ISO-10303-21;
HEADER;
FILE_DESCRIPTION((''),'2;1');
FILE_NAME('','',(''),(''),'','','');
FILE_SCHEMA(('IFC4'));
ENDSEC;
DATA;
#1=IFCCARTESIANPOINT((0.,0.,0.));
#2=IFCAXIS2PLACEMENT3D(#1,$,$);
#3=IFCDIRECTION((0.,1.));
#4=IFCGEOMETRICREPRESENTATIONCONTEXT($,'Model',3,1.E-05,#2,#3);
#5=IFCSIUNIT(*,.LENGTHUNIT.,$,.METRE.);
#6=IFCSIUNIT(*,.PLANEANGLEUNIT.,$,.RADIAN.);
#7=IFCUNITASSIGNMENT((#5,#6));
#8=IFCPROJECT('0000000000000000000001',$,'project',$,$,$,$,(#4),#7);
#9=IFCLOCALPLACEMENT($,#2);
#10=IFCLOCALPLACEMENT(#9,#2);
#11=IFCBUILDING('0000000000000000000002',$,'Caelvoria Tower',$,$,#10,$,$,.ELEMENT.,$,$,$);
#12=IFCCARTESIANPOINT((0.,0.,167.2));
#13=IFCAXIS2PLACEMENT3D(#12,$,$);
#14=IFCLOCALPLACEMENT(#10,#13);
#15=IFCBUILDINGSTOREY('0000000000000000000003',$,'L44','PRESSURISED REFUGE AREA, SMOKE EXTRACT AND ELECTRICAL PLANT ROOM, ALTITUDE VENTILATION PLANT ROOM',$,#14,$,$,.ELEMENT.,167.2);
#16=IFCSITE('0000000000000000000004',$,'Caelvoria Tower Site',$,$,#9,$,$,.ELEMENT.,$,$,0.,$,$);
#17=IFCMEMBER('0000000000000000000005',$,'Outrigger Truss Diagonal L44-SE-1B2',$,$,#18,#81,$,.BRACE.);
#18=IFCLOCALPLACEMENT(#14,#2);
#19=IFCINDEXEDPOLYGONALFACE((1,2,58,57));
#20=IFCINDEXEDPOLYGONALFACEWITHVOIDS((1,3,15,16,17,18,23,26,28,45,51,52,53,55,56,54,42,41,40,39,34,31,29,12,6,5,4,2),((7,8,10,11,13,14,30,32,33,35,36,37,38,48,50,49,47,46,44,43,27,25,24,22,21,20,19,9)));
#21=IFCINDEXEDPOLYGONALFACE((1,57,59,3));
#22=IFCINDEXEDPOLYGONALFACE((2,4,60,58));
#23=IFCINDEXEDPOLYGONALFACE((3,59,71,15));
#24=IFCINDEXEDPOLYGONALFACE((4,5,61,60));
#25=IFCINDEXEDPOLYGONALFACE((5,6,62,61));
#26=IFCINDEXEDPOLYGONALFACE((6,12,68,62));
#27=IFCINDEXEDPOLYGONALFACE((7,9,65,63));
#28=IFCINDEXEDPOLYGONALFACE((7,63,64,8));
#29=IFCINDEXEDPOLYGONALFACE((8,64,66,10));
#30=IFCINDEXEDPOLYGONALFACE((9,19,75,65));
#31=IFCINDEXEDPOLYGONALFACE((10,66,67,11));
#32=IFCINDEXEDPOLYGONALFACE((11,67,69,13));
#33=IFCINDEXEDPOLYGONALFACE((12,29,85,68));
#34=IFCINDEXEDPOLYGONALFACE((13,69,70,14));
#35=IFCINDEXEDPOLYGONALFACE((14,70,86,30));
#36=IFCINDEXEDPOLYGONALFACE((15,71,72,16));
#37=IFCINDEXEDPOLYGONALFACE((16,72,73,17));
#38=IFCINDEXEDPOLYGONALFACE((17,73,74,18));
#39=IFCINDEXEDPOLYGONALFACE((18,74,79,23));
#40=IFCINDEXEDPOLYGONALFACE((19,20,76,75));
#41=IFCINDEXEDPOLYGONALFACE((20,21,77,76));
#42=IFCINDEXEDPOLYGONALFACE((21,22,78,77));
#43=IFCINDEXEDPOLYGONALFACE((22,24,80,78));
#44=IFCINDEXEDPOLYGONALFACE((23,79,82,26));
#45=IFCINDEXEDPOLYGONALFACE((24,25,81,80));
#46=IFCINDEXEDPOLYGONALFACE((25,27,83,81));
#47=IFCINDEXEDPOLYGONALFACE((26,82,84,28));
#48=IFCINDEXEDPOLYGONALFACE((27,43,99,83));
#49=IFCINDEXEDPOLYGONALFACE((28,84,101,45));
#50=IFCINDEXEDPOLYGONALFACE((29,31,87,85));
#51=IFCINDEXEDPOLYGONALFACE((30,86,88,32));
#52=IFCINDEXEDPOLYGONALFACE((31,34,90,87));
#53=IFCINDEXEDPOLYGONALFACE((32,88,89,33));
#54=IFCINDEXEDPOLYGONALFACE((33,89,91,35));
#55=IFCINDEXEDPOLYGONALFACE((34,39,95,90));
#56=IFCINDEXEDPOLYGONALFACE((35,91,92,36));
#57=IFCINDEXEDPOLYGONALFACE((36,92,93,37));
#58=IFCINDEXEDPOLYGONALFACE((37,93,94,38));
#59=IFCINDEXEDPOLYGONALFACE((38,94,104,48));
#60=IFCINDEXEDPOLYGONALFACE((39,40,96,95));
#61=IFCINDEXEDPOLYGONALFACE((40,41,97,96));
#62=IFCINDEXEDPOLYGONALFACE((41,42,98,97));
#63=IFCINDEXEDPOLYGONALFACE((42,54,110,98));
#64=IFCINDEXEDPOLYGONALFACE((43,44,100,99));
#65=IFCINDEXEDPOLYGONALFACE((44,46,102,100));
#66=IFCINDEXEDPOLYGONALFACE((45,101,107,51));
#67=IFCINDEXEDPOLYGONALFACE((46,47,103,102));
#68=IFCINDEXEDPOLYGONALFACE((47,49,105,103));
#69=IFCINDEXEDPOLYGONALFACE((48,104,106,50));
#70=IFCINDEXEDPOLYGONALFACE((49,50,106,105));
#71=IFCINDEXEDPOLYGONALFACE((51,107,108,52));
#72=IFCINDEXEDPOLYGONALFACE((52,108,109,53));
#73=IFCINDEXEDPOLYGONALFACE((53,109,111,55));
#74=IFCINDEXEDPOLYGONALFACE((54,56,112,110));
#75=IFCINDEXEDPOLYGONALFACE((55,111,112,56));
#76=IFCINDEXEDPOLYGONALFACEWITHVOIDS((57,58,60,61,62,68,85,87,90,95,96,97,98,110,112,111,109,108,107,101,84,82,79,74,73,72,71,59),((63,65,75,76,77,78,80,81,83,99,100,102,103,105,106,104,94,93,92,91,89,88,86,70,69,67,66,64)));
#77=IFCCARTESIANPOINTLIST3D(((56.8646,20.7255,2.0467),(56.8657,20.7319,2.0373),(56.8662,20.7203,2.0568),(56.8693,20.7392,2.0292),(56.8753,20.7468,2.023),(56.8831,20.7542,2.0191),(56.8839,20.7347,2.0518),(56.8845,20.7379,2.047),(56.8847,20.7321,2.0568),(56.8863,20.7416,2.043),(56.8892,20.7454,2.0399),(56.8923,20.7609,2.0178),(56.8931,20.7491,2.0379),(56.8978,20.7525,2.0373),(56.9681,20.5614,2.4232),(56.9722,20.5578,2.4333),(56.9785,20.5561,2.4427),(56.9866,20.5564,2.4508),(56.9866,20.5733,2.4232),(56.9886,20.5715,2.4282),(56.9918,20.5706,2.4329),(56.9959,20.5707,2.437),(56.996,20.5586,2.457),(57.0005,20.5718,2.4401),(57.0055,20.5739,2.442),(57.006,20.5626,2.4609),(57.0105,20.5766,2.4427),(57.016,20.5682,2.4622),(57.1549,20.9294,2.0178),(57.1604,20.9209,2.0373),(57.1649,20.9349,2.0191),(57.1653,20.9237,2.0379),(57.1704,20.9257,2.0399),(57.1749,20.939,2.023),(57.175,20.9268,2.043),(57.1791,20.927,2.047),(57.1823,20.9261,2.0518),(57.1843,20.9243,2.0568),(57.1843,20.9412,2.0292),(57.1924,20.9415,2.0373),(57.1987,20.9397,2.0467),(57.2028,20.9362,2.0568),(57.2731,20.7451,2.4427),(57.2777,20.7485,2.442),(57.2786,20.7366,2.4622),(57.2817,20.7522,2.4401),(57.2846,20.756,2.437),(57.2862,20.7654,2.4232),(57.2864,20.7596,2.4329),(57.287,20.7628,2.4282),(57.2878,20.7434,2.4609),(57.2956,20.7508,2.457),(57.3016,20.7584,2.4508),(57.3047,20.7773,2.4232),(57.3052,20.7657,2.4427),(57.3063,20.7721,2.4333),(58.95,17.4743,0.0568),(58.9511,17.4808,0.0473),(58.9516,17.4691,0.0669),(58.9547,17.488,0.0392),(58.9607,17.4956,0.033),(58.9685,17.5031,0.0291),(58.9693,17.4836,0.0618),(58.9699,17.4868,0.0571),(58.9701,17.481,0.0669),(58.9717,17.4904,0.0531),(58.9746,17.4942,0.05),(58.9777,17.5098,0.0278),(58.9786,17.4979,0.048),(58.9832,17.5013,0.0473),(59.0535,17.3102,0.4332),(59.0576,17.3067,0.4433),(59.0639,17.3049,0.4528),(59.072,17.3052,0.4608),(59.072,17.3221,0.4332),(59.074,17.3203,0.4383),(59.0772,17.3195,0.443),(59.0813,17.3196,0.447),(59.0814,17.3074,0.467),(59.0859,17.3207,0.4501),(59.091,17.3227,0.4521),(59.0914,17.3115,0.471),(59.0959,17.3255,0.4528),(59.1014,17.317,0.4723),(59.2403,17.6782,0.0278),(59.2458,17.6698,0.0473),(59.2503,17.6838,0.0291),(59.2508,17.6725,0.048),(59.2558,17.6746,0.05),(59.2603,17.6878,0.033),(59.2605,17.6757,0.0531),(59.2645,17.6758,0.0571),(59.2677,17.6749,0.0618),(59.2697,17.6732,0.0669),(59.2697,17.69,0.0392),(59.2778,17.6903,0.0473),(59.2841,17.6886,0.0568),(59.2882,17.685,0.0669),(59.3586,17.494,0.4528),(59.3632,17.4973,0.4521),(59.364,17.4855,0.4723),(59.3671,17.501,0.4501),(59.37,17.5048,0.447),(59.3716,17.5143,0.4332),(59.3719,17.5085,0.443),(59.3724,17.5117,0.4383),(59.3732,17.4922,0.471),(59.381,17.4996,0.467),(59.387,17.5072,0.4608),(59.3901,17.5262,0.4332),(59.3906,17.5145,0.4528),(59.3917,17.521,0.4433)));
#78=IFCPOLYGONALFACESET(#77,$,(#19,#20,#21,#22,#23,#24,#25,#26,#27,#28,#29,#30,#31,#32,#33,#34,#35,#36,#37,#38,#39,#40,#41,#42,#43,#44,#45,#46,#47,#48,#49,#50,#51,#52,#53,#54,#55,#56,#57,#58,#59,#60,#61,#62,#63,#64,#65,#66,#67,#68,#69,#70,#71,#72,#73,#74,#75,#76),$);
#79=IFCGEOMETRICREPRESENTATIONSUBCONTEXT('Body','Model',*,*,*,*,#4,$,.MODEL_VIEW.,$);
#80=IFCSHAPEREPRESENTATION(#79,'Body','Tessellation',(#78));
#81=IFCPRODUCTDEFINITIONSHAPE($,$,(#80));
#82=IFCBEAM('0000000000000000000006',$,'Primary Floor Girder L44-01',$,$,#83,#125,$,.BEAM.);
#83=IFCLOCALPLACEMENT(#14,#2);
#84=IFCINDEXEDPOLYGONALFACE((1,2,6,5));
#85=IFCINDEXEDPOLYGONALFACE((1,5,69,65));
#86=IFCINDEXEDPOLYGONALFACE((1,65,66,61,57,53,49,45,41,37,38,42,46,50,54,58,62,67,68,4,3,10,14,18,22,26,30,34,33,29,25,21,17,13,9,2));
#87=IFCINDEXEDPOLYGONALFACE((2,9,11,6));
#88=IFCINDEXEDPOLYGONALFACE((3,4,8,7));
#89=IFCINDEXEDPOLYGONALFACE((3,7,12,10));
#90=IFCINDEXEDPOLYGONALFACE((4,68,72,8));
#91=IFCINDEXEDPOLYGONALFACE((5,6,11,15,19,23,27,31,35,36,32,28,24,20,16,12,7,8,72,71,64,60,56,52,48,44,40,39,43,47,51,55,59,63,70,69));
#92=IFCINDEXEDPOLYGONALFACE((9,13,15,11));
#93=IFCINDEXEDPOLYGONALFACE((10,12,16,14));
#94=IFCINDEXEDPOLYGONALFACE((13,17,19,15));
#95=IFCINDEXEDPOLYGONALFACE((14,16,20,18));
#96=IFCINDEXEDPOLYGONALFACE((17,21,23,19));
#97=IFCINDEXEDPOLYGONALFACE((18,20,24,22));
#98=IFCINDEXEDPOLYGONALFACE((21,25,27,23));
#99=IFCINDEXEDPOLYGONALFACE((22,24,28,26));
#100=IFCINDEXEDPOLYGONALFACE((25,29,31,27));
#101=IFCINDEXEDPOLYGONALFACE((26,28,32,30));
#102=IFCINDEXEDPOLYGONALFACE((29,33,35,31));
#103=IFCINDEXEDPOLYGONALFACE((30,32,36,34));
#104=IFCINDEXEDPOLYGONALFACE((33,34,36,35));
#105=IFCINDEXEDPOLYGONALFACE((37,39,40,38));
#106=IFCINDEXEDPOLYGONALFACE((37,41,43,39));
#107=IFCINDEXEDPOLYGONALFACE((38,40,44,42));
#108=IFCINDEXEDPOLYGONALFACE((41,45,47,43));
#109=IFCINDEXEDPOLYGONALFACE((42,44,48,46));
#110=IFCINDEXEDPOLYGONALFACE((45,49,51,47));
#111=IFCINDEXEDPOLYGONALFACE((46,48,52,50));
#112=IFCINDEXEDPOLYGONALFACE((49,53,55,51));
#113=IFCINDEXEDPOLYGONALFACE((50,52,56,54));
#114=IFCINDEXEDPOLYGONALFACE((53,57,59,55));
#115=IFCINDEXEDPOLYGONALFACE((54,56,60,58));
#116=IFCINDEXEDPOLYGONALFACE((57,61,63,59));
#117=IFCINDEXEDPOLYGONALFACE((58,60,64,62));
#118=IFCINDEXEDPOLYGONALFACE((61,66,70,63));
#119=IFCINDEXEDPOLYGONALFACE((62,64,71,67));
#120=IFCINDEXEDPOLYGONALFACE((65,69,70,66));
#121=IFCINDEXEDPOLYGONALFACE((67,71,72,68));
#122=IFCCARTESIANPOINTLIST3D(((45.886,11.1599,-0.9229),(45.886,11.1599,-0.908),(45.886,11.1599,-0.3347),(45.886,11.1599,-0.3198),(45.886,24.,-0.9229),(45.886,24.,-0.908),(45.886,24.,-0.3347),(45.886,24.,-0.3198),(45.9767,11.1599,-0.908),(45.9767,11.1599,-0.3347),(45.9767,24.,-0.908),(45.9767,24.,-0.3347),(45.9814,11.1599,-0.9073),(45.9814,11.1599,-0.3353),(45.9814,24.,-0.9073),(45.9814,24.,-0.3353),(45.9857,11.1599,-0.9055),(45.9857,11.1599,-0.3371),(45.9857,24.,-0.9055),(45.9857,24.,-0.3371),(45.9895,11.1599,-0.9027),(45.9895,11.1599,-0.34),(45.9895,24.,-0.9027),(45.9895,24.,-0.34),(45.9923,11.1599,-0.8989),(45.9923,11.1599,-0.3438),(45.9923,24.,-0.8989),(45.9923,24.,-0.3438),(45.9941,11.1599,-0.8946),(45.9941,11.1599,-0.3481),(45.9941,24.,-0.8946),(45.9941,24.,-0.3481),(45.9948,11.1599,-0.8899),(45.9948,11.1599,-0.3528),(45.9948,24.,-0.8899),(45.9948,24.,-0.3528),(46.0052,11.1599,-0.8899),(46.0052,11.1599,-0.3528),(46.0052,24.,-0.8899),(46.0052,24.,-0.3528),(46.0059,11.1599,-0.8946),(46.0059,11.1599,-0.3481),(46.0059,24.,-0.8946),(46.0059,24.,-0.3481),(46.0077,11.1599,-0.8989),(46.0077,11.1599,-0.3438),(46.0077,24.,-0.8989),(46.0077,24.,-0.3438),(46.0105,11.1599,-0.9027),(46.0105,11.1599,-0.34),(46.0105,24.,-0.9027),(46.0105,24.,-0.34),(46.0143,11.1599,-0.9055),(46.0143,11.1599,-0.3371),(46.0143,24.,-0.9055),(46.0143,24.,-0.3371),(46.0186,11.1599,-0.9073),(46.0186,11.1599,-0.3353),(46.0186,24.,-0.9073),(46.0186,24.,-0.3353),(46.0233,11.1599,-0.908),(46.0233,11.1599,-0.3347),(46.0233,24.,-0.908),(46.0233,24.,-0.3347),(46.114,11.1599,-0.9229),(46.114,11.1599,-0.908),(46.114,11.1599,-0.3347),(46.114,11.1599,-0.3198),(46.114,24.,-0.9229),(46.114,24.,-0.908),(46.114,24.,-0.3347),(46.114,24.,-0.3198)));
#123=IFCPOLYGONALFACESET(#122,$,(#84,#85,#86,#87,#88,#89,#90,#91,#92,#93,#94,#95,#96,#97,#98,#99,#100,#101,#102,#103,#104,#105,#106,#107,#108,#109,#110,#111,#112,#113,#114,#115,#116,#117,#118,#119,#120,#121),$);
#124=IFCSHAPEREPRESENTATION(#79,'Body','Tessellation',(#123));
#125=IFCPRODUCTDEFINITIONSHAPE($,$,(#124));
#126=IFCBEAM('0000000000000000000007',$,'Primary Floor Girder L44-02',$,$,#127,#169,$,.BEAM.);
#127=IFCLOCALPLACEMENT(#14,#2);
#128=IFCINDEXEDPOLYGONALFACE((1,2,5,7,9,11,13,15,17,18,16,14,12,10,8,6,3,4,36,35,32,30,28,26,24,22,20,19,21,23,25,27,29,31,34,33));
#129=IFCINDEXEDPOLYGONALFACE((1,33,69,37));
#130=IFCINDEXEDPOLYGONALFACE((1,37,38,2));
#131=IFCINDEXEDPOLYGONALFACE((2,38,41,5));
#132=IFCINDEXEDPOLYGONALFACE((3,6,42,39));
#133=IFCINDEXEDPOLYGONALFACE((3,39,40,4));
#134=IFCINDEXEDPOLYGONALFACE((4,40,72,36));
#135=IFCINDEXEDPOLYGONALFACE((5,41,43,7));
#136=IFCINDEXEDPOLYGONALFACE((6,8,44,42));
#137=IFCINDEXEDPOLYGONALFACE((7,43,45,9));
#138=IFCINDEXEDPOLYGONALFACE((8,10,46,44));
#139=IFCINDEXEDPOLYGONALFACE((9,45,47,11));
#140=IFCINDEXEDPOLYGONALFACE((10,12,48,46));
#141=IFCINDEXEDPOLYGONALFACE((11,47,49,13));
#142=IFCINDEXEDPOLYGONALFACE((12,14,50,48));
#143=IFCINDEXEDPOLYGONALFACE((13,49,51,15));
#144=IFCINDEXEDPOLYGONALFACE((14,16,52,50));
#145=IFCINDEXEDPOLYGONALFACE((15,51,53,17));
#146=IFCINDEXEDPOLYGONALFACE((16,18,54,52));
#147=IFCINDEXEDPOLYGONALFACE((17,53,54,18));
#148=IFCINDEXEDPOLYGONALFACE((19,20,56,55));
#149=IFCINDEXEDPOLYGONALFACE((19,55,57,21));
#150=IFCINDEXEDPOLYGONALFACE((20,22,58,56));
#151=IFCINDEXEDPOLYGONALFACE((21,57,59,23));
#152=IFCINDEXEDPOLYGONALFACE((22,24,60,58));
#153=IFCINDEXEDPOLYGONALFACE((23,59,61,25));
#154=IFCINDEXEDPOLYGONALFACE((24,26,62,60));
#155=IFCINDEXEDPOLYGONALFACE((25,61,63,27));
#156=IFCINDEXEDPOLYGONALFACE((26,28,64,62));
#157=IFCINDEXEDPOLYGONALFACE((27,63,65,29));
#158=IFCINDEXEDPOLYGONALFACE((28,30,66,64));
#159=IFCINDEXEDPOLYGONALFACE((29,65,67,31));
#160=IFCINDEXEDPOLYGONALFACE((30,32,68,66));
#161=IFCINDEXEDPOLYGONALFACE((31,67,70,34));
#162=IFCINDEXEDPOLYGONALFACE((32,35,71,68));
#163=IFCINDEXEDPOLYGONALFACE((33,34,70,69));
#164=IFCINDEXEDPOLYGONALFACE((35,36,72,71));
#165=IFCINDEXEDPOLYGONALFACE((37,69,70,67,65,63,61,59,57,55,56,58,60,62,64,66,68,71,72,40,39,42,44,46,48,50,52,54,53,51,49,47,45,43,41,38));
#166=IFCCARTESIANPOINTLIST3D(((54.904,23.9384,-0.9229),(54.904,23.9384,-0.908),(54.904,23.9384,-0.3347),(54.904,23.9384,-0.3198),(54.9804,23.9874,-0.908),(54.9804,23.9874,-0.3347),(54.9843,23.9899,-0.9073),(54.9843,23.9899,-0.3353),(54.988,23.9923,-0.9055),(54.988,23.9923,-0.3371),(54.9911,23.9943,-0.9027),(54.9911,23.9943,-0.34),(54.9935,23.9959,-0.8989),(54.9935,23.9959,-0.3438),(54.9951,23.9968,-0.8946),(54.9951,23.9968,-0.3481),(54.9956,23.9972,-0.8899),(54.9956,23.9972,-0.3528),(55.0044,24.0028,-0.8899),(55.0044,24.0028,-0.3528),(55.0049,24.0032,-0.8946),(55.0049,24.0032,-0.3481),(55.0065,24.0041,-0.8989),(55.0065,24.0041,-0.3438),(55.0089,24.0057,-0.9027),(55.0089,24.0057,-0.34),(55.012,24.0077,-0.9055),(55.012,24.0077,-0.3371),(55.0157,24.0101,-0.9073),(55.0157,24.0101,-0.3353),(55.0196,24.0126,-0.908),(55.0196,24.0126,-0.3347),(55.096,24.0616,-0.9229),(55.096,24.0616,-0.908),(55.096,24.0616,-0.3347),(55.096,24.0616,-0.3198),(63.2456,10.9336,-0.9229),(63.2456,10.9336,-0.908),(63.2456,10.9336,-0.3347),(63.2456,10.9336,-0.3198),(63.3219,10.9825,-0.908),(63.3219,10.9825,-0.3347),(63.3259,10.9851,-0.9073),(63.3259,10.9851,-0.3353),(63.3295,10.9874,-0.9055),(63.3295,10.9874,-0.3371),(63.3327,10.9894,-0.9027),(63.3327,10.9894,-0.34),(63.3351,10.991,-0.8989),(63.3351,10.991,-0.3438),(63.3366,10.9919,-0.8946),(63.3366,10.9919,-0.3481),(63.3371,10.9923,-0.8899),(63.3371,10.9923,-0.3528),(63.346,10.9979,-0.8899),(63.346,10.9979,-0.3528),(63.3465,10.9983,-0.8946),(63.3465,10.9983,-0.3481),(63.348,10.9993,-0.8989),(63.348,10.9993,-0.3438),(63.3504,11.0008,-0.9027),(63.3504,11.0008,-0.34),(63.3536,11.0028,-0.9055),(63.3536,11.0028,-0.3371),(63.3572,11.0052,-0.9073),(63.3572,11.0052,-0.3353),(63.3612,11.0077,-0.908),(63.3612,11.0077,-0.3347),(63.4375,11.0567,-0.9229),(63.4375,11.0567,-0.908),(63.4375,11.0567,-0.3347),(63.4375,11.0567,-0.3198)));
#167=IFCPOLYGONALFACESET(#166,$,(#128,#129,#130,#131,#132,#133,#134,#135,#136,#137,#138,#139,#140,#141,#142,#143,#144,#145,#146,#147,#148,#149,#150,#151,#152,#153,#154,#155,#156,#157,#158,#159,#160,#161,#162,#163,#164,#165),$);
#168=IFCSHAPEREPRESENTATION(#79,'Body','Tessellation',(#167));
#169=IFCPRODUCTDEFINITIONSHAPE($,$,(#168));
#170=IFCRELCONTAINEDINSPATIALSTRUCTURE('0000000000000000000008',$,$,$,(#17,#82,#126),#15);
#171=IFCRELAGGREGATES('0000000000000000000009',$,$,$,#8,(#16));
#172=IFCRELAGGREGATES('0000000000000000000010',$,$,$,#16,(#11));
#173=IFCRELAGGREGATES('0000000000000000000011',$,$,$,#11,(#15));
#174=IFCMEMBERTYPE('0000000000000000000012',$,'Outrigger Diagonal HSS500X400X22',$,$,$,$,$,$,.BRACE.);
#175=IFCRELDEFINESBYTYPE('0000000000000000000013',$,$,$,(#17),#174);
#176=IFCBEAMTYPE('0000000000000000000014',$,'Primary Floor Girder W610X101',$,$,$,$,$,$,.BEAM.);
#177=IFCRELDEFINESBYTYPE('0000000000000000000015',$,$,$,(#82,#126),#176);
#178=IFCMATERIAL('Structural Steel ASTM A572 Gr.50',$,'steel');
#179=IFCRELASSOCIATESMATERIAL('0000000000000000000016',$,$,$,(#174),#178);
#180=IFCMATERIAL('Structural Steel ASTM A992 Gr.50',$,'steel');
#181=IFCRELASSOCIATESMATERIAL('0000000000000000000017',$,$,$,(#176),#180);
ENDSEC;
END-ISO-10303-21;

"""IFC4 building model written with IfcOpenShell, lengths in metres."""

from ifc_helpers import new_model, si_unit, direction, frame, origin, origin_2d, place, context, subcontext, project, spatial, hollow_rectangle, i_section, extrude, material, material_profile, profile_set, type_object, element, save


model = new_model("IFC4")

# Units and contexts
model_context = context("Model", 3, precision=1e-05, world=origin(), true_north=direction((0.0, 1.0)))
body_context = subcontext(model_context, "Body", "Model", "MODEL_VIEW")
ifc_project = project(units=[si_unit("LENGTHUNIT", "METRE"), si_unit("PLANEANGLEUNIT", "RADIAN")], contexts=[model_context])

# Site, building, storey
site_placement = place(None, origin())
site = spatial("IfcSite", under=ifc_project, at=site_placement, Name="Caelvoria Tower Site", CompositionType="ELEMENT", RefElevation=0.0)
building_placement = place(site_placement, origin())
building = spatial("IfcBuilding", under=site, at=building_placement, Name="Caelvoria Tower", CompositionType="ELEMENT")
storey_placement = place(building_placement, frame((0.0, 0.0, 167.2)))
storey = spatial("IfcBuildingStorey", under=building, at=storey_placement, Name="L44", Description="PRESSURISED REFUGE AREA, SMOKE EXTRACT AND ELECTRICAL PLANT ROOM, ALTITUDE VENTILATION PLANT ROOM", CompositionType="ELEMENT", Elevation=167.2)

# Member
ifc_material_1 = material(Name="Structural Steel ASTM A572 Gr.50", Category="steel")
ifc_material_profile_1 = material_profile(ifc_material_1, hollow_rectangle(XDim=0.3999, YDim=0.5, WallThickness=0.022, InnerFilletRadius=0.022, OuterFilletRadius=0.0439, at=origin_2d()), Name="Structural Steel ASTM A572 Gr.50")
ifc_profile_set_1 = profile_set([ifc_material_profile_1], Name="HSS500X400X22 - Structural Steel ASTM A572 Gr.50")
member_type_1 = type_object("IfcMemberType", Name="Outrigger Diagonal HSS500X400X22", PredefinedType="BRACE", material=ifc_profile_set_1)
for number, where, z_axis, x_axis, name in (
    (1, (57.0854, 20.7488, 2.24), (0.479958, -0.748256, -0.457989), (0.841722, 0.539911, 0.0), "Outrigger Truss Diagonal L44-SE-1B2"),
):
    element("IfcMember", number, at=place(storey_placement, frame(where, z_axis=z_axis, x_axis=x_axis)), inside=storey, type_object=member_type_1, Name=name, PredefinedType="BRACE", context=body_context, shape_type="SweptSolid", body=[
        extrude(hollow_rectangle(XDim=0.3999, YDim=0.5, WallThickness=0.022, InnerFilletRadius=0.022, OuterFilletRadius=0.0439, at=origin_2d()), origin(), (0.0, 0.0, 1.0), 4.345),
    ])

# Beams
ifc_material_2 = material(Name="Structural Steel ASTM A992 Gr.50", Category="steel")
ifc_material_profile_2 = material_profile(ifc_material_2, i_section(OverallWidth=0.228, OverallDepth=0.603, WebThickness=0.0105, FlangeThickness=0.0149, FilletRadius=0.0181, at=origin_2d()), Name="Structural Steel ASTM A992 Gr.50")
ifc_profile_set_2 = profile_set([ifc_material_profile_2], Name="W610X101 - Structural Steel ASTM A992 Gr.50")
beam_type_1 = type_object("IfcBeamType", Name="Primary Floor Girder W610X101", PredefinedType="BEAM", material=ifc_profile_set_2)
beam_1_placement = place(storey_placement, frame((46.0, 24.0, -0.6213), z_axis=(0.0, -1.0, 0.0), x_axis=(1.0, 0.0, 0.0)))
element("IfcBeam", 2, at=beam_1_placement, inside=storey, type_object=beam_type_1, Name="Primary Floor Girder L44-01", PredefinedType="BEAM", context=body_context, shape_type="SweptSolid", body=[
    extrude(i_section(OverallWidth=0.228, OverallDepth=0.603, WebThickness=0.0105, FlangeThickness=0.0149, FilletRadius=0.0181, at=origin_2d()), origin(), (0.0, 0.0, 1.0), 12.8401),
])
beam_2_placement = place(storey_placement, frame((55.0, 24.0, -0.6213), z_axis=(0.5399, -0.841729, 0.0), x_axis=(0.841729, 0.5399, 0.0)))
element("IfcBeam", 3, at=beam_2_placement, inside=storey, type_object=beam_type_1, Name="Primary Floor Girder L44-02", PredefinedType="BEAM", context=body_context, shape_type="SweptSolid", body=[
    extrude(i_section(OverallWidth=0.228, OverallDepth=0.603, WebThickness=0.0105, FlangeThickness=0.0149, FilletRadius=0.0181, at=origin_2d()), origin(), (0.0, 0.0, 1.0), 15.4502),
])

save(model, "model.ifc")
